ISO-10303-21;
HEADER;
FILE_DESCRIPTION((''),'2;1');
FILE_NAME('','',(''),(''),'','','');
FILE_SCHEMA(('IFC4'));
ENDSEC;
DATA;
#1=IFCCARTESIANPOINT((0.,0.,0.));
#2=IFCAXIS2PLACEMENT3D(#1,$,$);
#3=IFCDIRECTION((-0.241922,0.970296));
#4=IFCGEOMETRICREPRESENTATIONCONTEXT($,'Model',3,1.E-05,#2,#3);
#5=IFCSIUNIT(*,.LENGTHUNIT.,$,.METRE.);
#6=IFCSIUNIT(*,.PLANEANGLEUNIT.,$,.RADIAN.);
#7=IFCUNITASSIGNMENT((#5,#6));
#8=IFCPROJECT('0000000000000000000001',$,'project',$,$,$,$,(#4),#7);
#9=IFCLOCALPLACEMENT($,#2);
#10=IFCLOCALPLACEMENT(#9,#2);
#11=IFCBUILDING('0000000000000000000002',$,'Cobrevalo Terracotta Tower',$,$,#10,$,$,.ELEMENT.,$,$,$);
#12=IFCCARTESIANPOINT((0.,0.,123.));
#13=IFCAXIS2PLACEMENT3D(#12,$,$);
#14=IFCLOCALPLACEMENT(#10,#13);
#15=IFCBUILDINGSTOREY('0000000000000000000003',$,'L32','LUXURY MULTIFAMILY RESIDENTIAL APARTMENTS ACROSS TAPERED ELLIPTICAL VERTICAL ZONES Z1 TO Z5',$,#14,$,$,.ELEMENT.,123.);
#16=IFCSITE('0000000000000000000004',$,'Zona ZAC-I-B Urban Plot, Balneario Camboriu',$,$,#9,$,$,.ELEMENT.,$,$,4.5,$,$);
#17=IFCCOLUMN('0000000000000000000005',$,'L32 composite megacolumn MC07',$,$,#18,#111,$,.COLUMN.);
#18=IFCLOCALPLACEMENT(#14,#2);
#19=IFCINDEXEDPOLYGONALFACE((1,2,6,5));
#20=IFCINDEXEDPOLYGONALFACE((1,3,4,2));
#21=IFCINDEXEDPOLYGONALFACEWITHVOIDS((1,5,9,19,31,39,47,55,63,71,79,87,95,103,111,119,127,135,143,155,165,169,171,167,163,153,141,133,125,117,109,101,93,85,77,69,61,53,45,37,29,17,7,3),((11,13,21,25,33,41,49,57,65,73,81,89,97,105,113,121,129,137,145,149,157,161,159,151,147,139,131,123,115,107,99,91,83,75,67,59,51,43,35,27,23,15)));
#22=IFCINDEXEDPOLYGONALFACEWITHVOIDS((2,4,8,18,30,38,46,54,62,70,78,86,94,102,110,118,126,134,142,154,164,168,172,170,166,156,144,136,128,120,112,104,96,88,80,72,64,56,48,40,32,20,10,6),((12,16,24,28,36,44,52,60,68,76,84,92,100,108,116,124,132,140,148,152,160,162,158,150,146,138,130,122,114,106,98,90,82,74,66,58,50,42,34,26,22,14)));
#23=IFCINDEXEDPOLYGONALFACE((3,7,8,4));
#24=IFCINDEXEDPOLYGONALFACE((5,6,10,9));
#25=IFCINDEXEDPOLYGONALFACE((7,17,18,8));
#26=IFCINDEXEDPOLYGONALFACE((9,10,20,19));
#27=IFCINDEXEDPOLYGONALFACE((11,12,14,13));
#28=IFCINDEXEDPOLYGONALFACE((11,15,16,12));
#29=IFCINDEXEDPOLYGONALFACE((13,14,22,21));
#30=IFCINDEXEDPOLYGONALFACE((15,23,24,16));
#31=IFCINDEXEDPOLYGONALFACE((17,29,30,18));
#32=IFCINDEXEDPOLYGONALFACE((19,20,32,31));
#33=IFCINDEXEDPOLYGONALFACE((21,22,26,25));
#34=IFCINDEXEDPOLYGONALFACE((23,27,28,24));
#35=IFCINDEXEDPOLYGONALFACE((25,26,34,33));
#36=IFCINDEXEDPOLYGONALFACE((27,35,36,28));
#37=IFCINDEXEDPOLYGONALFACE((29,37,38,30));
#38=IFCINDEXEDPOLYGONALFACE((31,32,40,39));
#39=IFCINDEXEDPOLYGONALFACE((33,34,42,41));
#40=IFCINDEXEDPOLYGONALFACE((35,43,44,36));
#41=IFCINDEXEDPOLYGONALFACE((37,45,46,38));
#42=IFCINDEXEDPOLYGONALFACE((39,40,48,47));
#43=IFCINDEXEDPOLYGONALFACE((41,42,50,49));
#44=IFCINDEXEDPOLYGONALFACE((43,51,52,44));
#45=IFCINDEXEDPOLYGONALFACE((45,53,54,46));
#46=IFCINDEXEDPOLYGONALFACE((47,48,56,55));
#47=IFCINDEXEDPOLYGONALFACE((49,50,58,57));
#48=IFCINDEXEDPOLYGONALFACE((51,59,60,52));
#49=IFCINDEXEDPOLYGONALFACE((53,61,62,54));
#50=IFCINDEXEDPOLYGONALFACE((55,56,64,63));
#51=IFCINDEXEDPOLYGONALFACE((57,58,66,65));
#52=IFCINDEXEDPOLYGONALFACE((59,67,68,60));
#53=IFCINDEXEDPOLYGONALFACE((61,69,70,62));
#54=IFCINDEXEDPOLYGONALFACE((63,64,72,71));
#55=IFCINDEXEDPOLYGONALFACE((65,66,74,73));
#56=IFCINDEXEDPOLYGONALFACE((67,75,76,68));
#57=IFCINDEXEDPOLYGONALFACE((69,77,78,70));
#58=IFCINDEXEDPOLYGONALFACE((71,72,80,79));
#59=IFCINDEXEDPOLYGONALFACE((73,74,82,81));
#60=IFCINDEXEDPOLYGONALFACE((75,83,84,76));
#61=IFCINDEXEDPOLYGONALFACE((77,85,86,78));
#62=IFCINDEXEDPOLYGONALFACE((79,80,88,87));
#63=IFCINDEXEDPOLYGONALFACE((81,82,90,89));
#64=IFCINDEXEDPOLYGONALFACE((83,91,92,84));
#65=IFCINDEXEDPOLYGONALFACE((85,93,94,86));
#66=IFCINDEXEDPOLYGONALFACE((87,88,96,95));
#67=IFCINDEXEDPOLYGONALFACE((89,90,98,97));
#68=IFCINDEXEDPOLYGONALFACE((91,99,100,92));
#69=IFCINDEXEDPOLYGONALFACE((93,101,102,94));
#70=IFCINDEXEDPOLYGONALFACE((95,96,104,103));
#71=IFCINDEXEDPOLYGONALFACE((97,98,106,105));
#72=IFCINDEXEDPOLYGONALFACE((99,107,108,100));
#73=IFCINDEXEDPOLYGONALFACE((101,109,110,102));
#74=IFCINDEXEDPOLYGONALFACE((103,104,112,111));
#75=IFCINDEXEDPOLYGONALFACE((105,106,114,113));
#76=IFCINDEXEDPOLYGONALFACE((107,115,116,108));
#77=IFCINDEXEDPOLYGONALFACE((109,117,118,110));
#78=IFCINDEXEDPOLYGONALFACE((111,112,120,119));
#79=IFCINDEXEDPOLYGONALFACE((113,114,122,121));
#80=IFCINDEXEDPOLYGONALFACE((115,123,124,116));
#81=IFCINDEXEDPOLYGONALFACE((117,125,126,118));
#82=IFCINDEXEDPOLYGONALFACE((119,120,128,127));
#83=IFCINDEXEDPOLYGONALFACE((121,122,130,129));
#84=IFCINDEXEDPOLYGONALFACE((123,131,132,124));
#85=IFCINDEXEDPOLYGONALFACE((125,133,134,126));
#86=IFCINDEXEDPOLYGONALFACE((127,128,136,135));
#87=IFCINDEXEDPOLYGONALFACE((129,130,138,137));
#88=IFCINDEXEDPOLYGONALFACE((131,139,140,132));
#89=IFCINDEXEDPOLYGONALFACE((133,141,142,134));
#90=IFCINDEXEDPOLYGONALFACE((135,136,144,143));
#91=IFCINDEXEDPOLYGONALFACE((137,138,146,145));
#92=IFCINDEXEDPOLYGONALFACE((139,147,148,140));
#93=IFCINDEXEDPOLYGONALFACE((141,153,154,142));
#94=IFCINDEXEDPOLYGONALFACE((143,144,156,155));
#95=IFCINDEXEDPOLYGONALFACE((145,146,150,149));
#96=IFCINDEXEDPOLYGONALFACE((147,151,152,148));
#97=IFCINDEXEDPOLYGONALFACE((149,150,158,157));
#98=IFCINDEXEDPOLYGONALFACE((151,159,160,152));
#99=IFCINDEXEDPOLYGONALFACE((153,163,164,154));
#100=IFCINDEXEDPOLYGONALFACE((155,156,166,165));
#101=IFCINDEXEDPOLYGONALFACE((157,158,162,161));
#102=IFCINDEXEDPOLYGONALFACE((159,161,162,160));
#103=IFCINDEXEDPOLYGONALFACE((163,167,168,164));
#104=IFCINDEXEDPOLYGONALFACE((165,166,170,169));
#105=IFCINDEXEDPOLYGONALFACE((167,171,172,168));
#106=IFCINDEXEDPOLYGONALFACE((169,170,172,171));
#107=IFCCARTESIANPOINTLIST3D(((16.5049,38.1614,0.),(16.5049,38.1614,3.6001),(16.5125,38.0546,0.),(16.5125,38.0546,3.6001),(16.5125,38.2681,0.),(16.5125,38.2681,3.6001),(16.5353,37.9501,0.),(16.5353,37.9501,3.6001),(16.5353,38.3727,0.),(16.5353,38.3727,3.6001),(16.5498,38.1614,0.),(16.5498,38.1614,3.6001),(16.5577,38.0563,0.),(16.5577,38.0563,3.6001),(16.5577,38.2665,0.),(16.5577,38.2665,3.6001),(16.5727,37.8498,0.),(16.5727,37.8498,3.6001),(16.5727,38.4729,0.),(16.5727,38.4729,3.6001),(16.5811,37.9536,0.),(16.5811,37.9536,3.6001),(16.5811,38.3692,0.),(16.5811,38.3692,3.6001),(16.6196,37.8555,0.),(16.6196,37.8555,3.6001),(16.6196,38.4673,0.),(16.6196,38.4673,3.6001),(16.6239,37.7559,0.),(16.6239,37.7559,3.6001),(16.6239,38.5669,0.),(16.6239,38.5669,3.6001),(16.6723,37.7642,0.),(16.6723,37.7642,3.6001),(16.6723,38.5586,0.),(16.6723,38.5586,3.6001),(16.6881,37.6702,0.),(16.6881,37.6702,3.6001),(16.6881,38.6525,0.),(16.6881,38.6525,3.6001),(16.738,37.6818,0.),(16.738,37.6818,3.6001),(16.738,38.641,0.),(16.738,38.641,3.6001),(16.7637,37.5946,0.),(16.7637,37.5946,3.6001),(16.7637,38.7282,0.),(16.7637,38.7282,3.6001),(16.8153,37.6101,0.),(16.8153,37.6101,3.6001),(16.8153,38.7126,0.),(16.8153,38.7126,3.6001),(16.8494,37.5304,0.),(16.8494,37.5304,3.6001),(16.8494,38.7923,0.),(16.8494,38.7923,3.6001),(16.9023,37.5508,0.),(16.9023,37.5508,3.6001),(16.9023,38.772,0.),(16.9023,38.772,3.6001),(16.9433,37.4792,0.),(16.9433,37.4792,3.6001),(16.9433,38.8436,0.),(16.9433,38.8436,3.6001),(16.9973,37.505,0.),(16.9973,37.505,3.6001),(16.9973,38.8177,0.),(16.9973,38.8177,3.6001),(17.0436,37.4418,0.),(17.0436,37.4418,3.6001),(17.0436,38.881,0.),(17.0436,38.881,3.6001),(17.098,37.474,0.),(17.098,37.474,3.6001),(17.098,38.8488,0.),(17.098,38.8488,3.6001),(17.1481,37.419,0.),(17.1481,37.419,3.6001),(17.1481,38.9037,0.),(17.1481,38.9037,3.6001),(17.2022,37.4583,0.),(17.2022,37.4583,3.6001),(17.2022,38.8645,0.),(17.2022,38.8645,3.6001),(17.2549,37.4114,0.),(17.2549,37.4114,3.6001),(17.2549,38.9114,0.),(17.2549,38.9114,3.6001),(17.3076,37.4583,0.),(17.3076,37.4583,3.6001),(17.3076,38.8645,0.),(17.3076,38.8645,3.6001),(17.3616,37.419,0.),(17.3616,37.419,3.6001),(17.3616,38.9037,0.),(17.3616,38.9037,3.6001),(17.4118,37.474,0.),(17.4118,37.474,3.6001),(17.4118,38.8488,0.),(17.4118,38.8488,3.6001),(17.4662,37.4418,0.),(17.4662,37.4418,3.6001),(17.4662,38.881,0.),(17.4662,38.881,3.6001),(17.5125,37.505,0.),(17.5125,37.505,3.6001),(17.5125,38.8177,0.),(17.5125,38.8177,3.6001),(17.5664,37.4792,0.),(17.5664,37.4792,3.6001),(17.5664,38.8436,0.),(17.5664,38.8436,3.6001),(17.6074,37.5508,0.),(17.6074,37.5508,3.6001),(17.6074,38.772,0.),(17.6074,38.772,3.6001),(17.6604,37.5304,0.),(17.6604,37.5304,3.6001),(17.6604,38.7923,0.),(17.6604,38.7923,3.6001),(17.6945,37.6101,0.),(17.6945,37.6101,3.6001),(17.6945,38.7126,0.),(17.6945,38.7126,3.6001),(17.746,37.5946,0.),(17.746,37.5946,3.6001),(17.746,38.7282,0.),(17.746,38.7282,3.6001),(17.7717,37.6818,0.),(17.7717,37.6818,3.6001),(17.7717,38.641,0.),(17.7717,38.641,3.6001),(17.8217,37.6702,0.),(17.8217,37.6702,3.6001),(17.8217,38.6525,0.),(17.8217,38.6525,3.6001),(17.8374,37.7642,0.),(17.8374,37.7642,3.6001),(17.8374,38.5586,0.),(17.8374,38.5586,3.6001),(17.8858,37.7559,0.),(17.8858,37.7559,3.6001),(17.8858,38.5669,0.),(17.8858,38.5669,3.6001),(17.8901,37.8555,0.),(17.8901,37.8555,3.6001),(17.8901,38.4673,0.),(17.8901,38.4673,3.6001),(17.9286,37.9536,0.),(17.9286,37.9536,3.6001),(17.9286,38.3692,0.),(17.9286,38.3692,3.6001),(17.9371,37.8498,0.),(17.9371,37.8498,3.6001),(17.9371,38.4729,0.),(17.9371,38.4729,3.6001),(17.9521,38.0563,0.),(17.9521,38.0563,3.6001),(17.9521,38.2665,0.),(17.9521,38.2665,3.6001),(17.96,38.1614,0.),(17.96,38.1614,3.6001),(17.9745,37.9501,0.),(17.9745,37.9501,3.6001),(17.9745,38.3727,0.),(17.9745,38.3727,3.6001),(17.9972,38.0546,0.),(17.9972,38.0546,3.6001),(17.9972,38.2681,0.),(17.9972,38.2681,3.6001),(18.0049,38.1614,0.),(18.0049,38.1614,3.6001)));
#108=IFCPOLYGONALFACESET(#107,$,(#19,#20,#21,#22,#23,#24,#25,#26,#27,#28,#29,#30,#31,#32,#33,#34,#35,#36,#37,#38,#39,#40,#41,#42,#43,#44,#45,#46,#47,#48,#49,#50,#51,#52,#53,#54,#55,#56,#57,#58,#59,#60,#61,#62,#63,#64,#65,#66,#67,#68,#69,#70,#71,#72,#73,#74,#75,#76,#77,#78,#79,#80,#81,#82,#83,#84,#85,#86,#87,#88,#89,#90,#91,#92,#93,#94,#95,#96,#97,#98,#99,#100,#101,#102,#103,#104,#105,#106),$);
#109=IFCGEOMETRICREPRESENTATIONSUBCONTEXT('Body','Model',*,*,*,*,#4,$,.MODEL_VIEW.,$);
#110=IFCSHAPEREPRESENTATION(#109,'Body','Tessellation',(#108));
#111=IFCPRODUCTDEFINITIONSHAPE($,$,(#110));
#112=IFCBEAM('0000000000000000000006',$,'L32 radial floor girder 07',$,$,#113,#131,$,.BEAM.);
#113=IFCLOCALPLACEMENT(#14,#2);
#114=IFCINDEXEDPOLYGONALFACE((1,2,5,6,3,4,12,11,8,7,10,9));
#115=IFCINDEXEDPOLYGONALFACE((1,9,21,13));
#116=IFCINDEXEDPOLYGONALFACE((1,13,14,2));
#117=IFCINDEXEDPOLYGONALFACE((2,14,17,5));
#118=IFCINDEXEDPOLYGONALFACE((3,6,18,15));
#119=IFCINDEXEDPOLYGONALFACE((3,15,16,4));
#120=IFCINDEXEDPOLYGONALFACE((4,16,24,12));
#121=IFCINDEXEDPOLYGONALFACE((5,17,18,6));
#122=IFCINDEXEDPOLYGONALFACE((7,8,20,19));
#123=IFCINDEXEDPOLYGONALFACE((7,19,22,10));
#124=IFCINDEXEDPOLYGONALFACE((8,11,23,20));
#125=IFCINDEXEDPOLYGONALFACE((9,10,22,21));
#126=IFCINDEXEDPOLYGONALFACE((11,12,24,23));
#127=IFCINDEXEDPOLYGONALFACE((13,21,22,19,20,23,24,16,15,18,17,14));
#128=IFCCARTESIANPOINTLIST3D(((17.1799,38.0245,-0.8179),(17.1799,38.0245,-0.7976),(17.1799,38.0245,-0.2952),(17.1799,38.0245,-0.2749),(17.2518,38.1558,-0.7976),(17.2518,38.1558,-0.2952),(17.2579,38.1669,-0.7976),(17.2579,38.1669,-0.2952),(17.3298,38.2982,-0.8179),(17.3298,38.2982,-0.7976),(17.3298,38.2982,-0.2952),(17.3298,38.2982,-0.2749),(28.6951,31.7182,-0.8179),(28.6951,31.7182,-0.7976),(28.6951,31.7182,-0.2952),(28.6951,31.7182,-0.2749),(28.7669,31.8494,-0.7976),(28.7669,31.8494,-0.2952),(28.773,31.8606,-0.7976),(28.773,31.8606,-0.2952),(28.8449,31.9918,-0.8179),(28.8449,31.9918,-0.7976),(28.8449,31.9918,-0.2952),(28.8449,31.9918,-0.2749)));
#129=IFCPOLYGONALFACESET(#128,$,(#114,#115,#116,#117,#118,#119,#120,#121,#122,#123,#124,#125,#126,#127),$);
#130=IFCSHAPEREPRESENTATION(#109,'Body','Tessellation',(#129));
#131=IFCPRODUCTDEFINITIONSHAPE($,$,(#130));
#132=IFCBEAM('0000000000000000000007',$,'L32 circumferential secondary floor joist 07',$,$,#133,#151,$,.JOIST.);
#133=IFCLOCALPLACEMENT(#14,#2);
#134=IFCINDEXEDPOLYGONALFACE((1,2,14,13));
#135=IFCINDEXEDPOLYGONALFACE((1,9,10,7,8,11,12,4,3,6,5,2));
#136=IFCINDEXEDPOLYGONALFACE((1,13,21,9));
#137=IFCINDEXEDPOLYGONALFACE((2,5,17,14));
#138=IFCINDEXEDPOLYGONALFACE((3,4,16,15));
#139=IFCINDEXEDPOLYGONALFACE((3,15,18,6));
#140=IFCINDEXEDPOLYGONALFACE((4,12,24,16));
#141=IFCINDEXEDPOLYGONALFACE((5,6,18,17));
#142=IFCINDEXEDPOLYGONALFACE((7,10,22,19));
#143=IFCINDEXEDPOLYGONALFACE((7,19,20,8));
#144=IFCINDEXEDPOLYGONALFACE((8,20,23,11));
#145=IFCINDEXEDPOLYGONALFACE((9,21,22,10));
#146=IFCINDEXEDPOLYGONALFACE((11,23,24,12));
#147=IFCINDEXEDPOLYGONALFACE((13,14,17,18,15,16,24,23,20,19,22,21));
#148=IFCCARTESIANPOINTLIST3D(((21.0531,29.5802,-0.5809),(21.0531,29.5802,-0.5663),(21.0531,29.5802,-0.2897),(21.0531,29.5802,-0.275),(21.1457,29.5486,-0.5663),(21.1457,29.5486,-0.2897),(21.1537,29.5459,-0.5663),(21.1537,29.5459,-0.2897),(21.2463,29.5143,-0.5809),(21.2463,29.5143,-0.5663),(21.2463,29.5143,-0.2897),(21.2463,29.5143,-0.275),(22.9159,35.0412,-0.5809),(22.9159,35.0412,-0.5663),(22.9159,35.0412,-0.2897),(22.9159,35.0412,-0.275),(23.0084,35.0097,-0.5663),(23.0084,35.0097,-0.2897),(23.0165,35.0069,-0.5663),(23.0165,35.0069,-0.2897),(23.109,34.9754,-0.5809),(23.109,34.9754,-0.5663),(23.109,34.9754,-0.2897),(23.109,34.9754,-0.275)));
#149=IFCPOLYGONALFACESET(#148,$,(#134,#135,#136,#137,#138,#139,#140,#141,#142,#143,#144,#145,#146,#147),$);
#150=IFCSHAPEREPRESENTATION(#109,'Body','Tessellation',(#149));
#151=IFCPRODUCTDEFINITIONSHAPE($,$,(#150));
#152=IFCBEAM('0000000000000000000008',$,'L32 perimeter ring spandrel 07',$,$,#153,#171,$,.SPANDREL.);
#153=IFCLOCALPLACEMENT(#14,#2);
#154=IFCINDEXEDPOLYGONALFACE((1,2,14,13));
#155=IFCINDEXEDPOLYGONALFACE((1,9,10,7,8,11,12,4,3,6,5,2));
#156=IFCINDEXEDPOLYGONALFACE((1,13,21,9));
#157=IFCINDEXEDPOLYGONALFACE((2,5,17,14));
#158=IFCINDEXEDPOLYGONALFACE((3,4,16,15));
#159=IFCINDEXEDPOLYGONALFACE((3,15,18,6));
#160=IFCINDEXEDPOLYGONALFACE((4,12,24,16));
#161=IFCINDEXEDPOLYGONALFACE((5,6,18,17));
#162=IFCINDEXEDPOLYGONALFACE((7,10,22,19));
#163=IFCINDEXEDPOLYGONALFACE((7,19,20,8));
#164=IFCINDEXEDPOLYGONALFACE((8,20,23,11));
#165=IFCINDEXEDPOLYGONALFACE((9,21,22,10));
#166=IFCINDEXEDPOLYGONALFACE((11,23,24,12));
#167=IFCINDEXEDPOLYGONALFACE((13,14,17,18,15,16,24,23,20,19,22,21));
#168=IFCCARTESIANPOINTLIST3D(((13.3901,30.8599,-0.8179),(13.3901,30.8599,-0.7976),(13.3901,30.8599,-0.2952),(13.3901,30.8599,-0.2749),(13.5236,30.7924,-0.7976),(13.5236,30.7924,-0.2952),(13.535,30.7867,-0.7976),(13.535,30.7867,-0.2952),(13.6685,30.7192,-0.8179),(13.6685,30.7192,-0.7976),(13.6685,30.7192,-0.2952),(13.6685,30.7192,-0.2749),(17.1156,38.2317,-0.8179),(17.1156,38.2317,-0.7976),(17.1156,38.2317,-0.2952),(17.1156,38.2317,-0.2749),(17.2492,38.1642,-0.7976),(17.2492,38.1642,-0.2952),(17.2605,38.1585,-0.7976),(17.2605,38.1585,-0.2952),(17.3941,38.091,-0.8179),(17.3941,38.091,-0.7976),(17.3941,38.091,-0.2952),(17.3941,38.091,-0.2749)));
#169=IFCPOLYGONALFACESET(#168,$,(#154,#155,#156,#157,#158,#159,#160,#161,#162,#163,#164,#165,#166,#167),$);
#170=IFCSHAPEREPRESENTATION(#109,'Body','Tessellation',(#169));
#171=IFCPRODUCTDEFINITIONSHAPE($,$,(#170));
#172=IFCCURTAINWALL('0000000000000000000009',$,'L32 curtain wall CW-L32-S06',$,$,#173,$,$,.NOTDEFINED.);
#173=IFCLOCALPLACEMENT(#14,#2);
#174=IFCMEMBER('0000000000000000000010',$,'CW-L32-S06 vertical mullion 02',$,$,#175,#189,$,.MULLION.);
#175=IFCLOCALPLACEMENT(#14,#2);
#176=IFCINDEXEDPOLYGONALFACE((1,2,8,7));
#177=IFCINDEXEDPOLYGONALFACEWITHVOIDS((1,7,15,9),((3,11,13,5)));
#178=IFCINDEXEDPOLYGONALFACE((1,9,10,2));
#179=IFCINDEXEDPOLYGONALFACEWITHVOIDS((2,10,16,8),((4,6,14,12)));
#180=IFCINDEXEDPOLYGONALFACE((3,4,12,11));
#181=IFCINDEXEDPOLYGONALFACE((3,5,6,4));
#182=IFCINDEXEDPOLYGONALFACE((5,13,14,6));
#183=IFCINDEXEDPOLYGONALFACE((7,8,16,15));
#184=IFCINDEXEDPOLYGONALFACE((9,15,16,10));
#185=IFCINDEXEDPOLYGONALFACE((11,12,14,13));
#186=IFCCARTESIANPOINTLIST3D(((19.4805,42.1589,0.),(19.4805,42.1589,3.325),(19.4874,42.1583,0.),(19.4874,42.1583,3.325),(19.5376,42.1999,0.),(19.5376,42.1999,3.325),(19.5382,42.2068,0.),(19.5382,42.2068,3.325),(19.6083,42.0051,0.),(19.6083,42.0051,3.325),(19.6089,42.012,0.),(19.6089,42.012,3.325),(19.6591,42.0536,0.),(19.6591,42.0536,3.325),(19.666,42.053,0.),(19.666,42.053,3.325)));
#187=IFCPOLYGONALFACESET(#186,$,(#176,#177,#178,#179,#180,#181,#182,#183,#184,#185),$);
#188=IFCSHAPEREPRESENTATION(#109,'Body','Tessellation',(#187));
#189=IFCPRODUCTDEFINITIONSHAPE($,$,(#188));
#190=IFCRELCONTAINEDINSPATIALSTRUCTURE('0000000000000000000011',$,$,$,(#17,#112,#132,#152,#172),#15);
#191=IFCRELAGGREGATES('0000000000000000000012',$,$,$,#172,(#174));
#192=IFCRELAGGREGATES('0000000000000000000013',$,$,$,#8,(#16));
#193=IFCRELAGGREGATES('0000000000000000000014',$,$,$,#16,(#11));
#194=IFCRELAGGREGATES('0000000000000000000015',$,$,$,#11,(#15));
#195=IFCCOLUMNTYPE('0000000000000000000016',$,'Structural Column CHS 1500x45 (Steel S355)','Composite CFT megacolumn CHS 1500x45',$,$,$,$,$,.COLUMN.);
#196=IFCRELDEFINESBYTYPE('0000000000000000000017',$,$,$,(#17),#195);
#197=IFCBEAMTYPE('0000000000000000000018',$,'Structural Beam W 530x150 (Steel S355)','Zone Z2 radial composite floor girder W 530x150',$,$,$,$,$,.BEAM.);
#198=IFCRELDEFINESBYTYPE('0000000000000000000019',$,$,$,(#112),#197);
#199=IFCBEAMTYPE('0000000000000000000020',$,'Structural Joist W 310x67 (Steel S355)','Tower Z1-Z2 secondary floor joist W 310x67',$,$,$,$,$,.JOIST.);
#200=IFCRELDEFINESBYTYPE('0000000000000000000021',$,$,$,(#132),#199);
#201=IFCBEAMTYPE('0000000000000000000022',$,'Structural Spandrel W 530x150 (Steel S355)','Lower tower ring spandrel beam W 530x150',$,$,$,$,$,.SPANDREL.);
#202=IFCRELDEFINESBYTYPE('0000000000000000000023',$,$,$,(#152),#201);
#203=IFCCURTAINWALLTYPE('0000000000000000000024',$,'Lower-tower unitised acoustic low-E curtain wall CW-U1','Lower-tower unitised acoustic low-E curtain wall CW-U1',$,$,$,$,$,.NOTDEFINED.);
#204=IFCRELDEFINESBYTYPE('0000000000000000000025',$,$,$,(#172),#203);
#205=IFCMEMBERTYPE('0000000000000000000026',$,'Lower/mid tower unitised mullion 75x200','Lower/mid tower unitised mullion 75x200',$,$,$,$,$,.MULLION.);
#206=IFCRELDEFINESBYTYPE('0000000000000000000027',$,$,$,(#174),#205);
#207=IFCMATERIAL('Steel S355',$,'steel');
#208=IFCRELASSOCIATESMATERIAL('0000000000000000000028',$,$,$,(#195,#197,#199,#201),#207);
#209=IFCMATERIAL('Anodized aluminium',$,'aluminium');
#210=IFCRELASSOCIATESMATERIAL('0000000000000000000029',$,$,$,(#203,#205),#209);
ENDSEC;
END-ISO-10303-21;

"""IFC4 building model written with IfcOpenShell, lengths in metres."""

from ifc_helpers import new_model, si_unit, direction, frame, origin, origin_2d, place, context, subcontext, project, spatial, hollow_rectangle, hollow_circle, i_section, extrude, source, transform, mapped, material, material_profile, profile_set, type_object, element, aggregate, save


model = new_model("IFC4")

# Units and contexts
model_context = context("Model", 3, precision=1e-05, world=origin(), true_north=direction((-0.241922, 0.970296)))
body_context = subcontext(model_context, "Body", "Model", "MODEL_VIEW")
ifc_project = project(units=[si_unit("LENGTHUNIT", "METRE"), si_unit("PLANEANGLEUNIT", "RADIAN")], contexts=[model_context])

# Site, building, storey
site_placement = place(None, origin())
site = spatial("IfcSite", under=ifc_project, at=site_placement, Name="Zona ZAC-I-B Urban Plot, Balneario Camboriu", CompositionType="ELEMENT", RefElevation=4.5)
building_placement = place(site_placement, origin())
building = spatial("IfcBuilding", under=site, at=building_placement, Name="Cobrevalo Terracotta Tower", CompositionType="ELEMENT")
storey_placement = place(building_placement, frame((0.0, 0.0, 123.0)))
storey = spatial("IfcBuildingStorey", under=building, at=storey_placement, Name="L32", Description="LUXURY MULTIFAMILY RESIDENTIAL APARTMENTS ACROSS TAPERED ELLIPTICAL VERTICAL ZONES Z1 TO Z5", CompositionType="ELEMENT", Elevation=123.0)

# Column
ifc_material_1 = material(Name="Steel S355", Category="steel")
ifc_material_profile_1 = material_profile(ifc_material_1, hollow_circle(Radius=0.75, WallThickness=0.0449, at=origin_2d()), Name="CHS 1500x45")
ifc_profile_set_1 = profile_set([ifc_material_profile_1], Name="Steel S355")
column_type = type_object("IfcColumnType", Name="Structural Column CHS 1500x45 (Steel S355)", Description="Composite CFT megacolumn CHS 1500x45", PredefinedType="COLUMN", material=ifc_profile_set_1)
column_placement = place(storey_placement, frame((17.2549, 38.1614, 0.0), z_axis=(0.0, 0.0, 1.0), x_axis=(1.0, 0.0, 0.0)))
element("IfcColumn", 1, at=column_placement, inside=storey, type_object=column_type, Name="L32 composite megacolumn MC07", PredefinedType="COLUMN", context=body_context, shape_type="SweptSolid", body=[
    extrude(hollow_circle(Radius=0.75, WallThickness=0.0449, at=origin_2d()), origin(), (0.0, 0.0, 1.0), 3.6001),
])

# Beams
ifc_material_profile_2 = material_profile(ifc_material_1, i_section(OverallWidth=0.312, OverallDepth=0.543, WebThickness=0.0127, FlangeThickness=0.0203, at=origin_2d()), Name="W 530x150")
ifc_profile_set_2 = profile_set([ifc_material_profile_2], Name="Steel S355")
beam_type_1 = type_object("IfcBeamType", Name="Structural Beam W 530x150 (Steel S355)", Description="Zone Z2 radial composite floor girder W 530x150", PredefinedType="BEAM", material=ifc_profile_set_2)
beam_1_placement = place(storey_placement, frame((17.2549, 38.1614, -0.5464), z_axis=(0.877081, -0.480343, 0.0), x_axis=(0.480343, 0.877081, 0.0)))
element("IfcBeam", 2, at=beam_1_placement, inside=storey, type_object=beam_type_1, Name="L32 radial floor girder 07", PredefinedType="BEAM", context=body_context, shape_type="SweptSolid", body=[
    extrude(i_section(OverallWidth=0.312, OverallDepth=0.543, WebThickness=0.0127, FlangeThickness=0.0203, at=origin_2d()), origin(), (0.0, 0.0, 1.0), 13.1289),
])
ifc_material_profile_3 = material_profile(ifc_material_1, i_section(OverallWidth=0.2041, OverallDepth=0.3059, WebThickness=0.0085, FlangeThickness=0.0146, at=origin_2d()), Name="W 310x67")
ifc_profile_set_3 = profile_set([ifc_material_profile_3], Name="Steel S355")
beam_type_2 = type_object("IfcBeamType", Name="Structural Joist W 310x67 (Steel S355)", Description="Tower Z1-Z2 secondary floor joist W 310x67", PredefinedType="JOIST", material=ifc_profile_set_3)
beam_2_placement = place(storey_placement, frame((23.0125, 35.0083, -0.428), z_axis=(-0.322833, -0.946456, 0.0), x_axis=(0.946456, -0.322833, 0.0)))
element("IfcBeam", 3, at=beam_2_placement, inside=storey, type_object=beam_type_2, Name="L32 circumferential secondary floor joist 07", PredefinedType="JOIST", context=body_context, shape_type="SweptSolid", body=[
    extrude(i_section(OverallWidth=0.2041, OverallDepth=0.3059, WebThickness=0.0085, FlangeThickness=0.0146, at=origin_2d()), origin(), (0.0, 0.0, 1.0), 5.77),
])
ifc_material_profile_4 = material_profile(ifc_material_1, i_section(OverallWidth=0.312, OverallDepth=0.543, WebThickness=0.0127, FlangeThickness=0.0203, at=origin_2d()), Name="W 530x150")
ifc_profile_set_4 = profile_set([ifc_material_profile_4], Name="Steel S355")
beam_type_3 = type_object("IfcBeamType", Name="Structural Spandrel W 530x150 (Steel S355)", Description="Lower tower ring spandrel beam W 530x150", PredefinedType="SPANDREL", material=ifc_profile_set_4)
beam_3_placement = place(storey_placement, frame((17.2549, 38.1614, -0.5464), z_axis=(-0.451052, -0.892498, 0.0), x_axis=(0.892498, -0.451052, 0.0)))
element("IfcBeam", 4, at=beam_3_placement, inside=storey, type_object=beam_type_3, Name="L32 perimeter ring spandrel 07", PredefinedType="SPANDREL", context=body_context, shape_type="SweptSolid", body=[
    extrude(i_section(OverallWidth=0.312, OverallDepth=0.543, WebThickness=0.0127, FlangeThickness=0.0203, at=origin_2d()), origin(), (0.0, 0.0, 1.0), 8.2598),
])

# Curtain wall, member
ifc_material_2 = material(Name="Anodized aluminium", Category="aluminium")
curtain_wall_type = type_object("IfcCurtainWallType", Name="Lower-tower unitised acoustic low-E curtain wall CW-U1", Description="Lower-tower unitised acoustic low-E curtain wall CW-U1", PredefinedType="NOTDEFINED", material=ifc_material_2)
curtain_wall_1_placement = place(storey_placement, origin())
curtain_wall_1 = element("IfcCurtainWall", 5, at=curtain_wall_1_placement, inside=storey, type_object=curtain_wall_type, Name="L32 curtain wall CW-L32-S06", PredefinedType="NOTDEFINED")
ifc_material_profile_5 = material_profile(ifc_material_2, hollow_rectangle(XDim=0.075, YDim=0.2, WallThickness=0.0049, at=origin_2d()), Name="CWM 75x200")
ifc_profile_set_5 = profile_set([ifc_material_profile_5], Name="Anodized aluminium")
member_type_1 = type_object("IfcMemberType", Name="Lower/mid tower unitised mullion 75x200", Description="Lower/mid tower unitised mullion 75x200", PredefinedType="MULLION", material=ifc_profile_set_5)
shared_shape_1 = source(origin(), body_context, "Body", "SweptSolid", [
    extrude(hollow_rectangle(XDim=0.075, YDim=0.2, WallThickness=0.0049, at=origin_2d()), origin(), (0.0, 0.0, 1.0), 3.325),
])
member_1_placement = place(storey_placement, frame((19.5732, 42.106, 0.0), z_axis=(0.0, 0.0, 1.0), x_axis=(-0.769243, -0.638956, 0.0)))
member_1 = element("IfcMember", 6, at=member_1_placement, type_object=member_type_1, Name="CW-L32-S06 vertical mullion 02", PredefinedType="MULLION", context=body_context, shape_type="MappedRepresentation", body=[
    mapped(shared_shape_1, transform((0.0, 0.0, 0.0), scale=1.0)),
])

aggregate(curtain_wall_1, [member_1])

save(model, "model.ifc")
